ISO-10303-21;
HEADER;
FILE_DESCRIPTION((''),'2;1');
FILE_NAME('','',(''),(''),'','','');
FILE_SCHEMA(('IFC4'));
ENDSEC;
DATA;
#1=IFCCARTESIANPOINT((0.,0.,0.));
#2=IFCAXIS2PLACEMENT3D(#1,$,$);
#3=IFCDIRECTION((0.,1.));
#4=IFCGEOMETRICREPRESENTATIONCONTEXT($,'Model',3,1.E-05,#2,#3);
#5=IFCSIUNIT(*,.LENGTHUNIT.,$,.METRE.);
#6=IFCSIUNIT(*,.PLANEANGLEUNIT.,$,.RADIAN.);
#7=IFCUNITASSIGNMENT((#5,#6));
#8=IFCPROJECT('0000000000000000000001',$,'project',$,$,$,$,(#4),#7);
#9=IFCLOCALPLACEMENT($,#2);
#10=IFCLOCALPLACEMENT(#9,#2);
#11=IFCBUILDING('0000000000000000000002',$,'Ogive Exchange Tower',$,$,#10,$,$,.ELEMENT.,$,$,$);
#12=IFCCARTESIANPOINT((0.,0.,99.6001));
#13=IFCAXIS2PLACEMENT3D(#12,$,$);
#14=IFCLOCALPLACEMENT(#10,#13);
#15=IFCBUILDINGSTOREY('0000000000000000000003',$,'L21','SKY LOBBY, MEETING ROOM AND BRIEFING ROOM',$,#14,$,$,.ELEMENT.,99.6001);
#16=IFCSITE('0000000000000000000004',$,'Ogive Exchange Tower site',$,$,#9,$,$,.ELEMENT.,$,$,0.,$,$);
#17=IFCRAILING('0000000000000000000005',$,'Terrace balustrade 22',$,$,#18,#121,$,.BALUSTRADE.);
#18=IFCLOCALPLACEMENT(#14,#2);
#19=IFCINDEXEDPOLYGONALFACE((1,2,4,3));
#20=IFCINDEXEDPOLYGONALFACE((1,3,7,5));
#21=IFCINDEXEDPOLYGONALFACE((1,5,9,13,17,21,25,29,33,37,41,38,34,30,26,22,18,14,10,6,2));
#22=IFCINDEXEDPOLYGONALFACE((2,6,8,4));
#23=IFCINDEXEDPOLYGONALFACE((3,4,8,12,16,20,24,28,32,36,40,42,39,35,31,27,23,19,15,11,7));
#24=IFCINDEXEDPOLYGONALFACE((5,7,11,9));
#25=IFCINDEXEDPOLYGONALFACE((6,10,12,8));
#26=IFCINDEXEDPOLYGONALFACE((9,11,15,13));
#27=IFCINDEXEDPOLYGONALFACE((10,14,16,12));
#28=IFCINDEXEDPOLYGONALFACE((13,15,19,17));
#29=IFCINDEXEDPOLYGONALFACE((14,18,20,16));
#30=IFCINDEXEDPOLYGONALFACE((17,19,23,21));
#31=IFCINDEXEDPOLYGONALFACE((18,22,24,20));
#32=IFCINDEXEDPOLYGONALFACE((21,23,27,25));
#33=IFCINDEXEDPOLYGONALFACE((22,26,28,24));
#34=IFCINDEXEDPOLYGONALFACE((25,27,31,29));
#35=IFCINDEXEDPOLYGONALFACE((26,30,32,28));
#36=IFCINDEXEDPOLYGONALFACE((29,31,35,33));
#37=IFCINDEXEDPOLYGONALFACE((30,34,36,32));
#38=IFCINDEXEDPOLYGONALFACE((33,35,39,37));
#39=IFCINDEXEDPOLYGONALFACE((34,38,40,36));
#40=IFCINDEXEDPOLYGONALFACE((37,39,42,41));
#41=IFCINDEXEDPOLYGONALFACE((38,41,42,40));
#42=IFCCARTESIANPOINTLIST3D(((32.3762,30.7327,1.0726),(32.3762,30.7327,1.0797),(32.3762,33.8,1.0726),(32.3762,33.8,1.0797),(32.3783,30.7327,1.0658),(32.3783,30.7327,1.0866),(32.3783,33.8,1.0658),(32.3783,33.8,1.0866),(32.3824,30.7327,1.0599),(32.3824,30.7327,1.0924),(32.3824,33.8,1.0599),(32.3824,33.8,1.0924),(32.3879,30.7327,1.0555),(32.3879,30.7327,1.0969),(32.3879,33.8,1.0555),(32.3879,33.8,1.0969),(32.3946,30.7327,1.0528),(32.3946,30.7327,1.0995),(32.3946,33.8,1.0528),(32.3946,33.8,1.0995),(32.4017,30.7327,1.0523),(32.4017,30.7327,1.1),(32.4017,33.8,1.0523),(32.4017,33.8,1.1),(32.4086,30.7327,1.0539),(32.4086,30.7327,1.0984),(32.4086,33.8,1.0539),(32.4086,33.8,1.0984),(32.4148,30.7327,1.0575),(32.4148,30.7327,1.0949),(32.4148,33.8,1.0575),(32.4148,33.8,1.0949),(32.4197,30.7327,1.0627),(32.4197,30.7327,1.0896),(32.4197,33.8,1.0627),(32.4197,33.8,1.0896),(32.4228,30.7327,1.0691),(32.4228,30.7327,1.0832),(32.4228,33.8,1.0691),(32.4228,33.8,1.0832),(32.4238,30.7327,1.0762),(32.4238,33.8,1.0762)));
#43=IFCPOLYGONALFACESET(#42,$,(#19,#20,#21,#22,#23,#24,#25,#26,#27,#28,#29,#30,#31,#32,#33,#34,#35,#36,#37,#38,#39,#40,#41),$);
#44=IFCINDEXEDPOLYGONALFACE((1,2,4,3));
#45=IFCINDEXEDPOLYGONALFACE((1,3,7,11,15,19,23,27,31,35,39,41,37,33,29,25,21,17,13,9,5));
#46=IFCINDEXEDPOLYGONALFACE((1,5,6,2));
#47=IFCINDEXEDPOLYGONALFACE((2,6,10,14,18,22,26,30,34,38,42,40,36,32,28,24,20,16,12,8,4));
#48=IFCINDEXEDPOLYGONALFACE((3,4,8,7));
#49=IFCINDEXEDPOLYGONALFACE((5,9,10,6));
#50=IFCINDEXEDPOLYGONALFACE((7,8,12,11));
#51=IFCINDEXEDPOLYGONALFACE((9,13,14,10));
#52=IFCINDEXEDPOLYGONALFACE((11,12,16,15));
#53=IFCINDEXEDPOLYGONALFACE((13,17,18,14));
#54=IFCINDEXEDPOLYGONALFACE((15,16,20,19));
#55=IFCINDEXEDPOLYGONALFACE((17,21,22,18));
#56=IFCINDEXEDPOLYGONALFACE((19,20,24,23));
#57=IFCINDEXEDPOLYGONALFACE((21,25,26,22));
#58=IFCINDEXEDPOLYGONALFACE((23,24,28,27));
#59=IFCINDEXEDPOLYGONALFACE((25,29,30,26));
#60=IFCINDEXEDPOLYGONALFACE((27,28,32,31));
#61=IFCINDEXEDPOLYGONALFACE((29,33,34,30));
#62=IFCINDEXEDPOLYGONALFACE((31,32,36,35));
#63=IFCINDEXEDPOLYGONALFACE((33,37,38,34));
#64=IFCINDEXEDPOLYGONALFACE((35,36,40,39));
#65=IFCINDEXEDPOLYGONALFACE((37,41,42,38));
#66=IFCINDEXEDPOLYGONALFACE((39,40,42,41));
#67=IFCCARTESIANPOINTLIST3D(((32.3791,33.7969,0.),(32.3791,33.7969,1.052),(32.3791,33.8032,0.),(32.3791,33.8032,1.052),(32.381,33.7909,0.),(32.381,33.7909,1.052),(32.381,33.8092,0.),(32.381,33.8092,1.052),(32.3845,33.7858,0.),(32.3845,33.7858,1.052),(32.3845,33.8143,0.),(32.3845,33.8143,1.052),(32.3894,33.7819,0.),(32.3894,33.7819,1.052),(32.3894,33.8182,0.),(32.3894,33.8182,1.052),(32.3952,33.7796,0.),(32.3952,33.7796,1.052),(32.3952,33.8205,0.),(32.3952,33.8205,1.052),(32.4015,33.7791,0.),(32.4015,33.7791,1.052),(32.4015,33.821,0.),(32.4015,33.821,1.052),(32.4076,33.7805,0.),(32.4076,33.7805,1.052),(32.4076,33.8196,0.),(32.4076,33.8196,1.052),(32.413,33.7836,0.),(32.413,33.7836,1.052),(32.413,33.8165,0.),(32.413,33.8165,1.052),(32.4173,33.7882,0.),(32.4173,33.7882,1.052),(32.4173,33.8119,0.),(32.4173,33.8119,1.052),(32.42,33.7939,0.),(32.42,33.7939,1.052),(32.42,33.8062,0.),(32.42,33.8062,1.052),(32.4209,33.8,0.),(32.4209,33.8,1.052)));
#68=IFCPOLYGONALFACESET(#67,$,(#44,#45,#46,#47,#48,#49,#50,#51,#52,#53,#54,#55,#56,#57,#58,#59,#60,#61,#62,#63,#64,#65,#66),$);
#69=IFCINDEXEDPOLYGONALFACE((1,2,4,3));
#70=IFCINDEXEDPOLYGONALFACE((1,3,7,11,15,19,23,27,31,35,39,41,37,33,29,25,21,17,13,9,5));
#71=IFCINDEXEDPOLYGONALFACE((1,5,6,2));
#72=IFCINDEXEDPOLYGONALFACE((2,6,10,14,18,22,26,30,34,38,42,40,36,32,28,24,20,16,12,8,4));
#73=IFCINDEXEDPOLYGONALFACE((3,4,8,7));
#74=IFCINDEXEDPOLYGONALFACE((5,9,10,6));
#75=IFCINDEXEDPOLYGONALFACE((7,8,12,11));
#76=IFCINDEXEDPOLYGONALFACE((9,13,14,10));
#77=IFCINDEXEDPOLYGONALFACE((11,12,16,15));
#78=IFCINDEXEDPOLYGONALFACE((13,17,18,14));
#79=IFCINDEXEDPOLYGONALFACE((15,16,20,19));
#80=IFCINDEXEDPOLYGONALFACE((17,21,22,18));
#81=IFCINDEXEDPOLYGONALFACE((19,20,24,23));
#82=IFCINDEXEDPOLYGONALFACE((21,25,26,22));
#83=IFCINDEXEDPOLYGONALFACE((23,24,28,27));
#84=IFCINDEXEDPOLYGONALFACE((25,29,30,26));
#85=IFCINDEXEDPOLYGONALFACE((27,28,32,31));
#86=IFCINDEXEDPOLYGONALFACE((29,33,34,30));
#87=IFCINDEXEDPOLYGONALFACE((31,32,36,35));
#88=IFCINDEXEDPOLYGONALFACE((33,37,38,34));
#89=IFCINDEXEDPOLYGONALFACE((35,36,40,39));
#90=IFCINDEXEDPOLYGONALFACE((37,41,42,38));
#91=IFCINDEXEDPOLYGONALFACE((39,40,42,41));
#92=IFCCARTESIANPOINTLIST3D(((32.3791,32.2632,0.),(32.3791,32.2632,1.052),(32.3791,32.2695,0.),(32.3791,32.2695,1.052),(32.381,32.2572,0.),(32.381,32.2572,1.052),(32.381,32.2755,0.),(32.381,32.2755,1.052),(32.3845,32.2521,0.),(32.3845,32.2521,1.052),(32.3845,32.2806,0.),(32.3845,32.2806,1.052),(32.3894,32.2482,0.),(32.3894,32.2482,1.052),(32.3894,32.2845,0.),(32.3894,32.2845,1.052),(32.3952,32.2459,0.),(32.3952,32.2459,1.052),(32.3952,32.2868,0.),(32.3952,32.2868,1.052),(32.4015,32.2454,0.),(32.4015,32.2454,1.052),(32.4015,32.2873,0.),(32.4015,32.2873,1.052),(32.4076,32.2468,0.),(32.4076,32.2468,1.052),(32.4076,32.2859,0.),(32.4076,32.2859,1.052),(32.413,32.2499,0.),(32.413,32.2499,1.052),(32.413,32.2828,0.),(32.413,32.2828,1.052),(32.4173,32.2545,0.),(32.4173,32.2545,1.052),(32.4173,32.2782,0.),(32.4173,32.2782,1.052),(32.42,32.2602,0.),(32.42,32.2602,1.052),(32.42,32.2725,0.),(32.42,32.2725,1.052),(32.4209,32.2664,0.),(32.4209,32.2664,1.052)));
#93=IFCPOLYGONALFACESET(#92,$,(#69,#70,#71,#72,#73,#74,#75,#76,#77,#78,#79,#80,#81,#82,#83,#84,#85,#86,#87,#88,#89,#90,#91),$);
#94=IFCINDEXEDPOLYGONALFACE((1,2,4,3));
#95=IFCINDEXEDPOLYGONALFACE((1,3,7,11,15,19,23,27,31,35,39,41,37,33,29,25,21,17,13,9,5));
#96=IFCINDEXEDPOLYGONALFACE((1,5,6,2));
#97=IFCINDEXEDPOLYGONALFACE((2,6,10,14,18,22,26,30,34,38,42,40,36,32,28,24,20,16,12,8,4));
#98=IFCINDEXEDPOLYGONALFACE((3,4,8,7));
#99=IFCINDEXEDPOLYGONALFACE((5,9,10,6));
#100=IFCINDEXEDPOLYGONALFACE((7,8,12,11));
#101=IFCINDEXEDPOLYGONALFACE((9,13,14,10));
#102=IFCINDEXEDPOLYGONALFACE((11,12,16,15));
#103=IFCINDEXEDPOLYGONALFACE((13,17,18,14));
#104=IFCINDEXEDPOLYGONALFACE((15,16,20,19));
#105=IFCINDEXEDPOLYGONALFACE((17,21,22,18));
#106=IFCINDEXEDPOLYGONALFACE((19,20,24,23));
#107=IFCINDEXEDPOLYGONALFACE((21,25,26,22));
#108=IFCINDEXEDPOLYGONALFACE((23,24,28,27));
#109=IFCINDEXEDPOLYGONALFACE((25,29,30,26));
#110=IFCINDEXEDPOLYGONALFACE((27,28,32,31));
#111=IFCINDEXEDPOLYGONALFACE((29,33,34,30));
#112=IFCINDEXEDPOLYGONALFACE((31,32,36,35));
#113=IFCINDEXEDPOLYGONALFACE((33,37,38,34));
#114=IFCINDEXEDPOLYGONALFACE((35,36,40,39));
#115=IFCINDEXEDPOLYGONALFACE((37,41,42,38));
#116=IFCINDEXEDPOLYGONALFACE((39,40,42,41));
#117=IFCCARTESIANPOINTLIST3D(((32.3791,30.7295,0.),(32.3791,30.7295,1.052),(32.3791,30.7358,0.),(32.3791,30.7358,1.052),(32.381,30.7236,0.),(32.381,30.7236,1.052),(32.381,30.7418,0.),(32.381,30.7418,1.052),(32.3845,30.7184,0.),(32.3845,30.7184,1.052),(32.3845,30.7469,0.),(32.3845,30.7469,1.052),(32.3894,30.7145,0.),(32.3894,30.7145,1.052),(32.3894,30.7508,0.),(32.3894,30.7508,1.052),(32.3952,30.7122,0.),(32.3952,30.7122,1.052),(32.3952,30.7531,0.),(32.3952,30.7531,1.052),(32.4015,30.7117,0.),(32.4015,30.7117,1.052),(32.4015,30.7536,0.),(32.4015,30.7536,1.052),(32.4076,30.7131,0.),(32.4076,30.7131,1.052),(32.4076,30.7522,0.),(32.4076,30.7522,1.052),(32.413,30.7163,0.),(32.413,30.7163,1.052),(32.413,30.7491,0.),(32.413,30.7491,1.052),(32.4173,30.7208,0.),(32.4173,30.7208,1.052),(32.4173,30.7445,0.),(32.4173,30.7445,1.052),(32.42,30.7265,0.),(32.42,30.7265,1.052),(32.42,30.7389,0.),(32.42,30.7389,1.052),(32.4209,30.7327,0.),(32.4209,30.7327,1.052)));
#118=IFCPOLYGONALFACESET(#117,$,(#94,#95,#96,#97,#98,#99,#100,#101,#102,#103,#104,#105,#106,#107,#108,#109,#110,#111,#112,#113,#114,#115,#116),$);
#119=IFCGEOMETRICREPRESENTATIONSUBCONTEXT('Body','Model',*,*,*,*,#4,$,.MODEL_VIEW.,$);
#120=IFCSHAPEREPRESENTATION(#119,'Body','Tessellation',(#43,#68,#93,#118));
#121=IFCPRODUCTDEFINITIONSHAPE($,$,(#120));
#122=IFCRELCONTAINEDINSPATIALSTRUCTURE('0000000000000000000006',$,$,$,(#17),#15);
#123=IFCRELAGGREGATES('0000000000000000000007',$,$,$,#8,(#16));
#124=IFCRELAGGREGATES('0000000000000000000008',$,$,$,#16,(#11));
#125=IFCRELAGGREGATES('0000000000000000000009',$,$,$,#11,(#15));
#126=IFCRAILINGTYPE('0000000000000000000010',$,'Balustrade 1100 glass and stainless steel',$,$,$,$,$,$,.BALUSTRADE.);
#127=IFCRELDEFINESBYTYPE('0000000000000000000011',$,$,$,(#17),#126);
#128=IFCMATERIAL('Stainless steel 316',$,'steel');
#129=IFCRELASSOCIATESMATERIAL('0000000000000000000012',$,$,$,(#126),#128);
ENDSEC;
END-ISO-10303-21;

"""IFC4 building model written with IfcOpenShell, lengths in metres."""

from ifc_helpers import new_model, si_unit, direction, frame, origin, origin_2d, place, context, subcontext, project, spatial, circle, extrude, material, type_object, element, save


model = new_model("IFC4")

# Units and contexts
model_context = context("Model", 3, precision=1e-05, world=origin(), true_north=direction((0.0, 1.0)))
body_context = subcontext(model_context, "Body", "Model", "MODEL_VIEW")
ifc_project = project(units=[si_unit("LENGTHUNIT", "METRE"), si_unit("PLANEANGLEUNIT", "RADIAN")], contexts=[model_context])

# Site, building, storey
site_placement = place(None, origin())
site = spatial("IfcSite", under=ifc_project, at=site_placement, Name="Ogive Exchange Tower site", CompositionType="ELEMENT", RefElevation=0.0)
building_placement = place(site_placement, origin())
building = spatial("IfcBuilding", under=site, at=building_placement, Name="Ogive Exchange Tower", CompositionType="ELEMENT")
storey_placement = place(building_placement, frame((0.0, 0.0, 99.6001)))
storey = spatial("IfcBuildingStorey", under=building, at=storey_placement, Name="L21", Description="SKY LOBBY, MEETING ROOM AND BRIEFING ROOM", CompositionType="ELEMENT", Elevation=99.6001)

# Railing
ifc_material_1 = material(Name="Stainless steel 316", Category="steel")
railing_type = type_object("IfcRailingType", Name="Balustrade 1100 glass and stainless steel", PredefinedType="BALUSTRADE", material=ifc_material_1)
railing_1_placement = place(storey_placement, frame((32.3999, 33.8, 0.0)))
element("IfcRailing", 1, at=railing_1_placement, inside=storey, type_object=railing_type, Name="Terrace balustrade 22", PredefinedType="BALUSTRADE", context=body_context, shape_type="SweptSolid", body=[
    extrude(circle(Radius=0.0239, at=origin_2d()), frame((0.0, 0.0, 1.0762), z_axis=(0.0, -1.0, 0.0), x_axis=(1.0, 0.0, 0.0)), (0.0, 0.0, 1.0), 3.0674),
    extrude(circle(Radius=0.021, at=origin_2d()), origin(), (0.0, 0.0, 1.0), 1.052),
    extrude(circle(Radius=0.021, at=origin_2d()), frame((0.0, -1.5337, 0.0)), (0.0, 0.0, 1.0), 1.052),
    extrude(circle(Radius=0.021, at=origin_2d()), frame((0.0, -3.0674, 0.0)), (0.0, 0.0, 1.0), 1.052),
])

save(model, "model.ifc")
